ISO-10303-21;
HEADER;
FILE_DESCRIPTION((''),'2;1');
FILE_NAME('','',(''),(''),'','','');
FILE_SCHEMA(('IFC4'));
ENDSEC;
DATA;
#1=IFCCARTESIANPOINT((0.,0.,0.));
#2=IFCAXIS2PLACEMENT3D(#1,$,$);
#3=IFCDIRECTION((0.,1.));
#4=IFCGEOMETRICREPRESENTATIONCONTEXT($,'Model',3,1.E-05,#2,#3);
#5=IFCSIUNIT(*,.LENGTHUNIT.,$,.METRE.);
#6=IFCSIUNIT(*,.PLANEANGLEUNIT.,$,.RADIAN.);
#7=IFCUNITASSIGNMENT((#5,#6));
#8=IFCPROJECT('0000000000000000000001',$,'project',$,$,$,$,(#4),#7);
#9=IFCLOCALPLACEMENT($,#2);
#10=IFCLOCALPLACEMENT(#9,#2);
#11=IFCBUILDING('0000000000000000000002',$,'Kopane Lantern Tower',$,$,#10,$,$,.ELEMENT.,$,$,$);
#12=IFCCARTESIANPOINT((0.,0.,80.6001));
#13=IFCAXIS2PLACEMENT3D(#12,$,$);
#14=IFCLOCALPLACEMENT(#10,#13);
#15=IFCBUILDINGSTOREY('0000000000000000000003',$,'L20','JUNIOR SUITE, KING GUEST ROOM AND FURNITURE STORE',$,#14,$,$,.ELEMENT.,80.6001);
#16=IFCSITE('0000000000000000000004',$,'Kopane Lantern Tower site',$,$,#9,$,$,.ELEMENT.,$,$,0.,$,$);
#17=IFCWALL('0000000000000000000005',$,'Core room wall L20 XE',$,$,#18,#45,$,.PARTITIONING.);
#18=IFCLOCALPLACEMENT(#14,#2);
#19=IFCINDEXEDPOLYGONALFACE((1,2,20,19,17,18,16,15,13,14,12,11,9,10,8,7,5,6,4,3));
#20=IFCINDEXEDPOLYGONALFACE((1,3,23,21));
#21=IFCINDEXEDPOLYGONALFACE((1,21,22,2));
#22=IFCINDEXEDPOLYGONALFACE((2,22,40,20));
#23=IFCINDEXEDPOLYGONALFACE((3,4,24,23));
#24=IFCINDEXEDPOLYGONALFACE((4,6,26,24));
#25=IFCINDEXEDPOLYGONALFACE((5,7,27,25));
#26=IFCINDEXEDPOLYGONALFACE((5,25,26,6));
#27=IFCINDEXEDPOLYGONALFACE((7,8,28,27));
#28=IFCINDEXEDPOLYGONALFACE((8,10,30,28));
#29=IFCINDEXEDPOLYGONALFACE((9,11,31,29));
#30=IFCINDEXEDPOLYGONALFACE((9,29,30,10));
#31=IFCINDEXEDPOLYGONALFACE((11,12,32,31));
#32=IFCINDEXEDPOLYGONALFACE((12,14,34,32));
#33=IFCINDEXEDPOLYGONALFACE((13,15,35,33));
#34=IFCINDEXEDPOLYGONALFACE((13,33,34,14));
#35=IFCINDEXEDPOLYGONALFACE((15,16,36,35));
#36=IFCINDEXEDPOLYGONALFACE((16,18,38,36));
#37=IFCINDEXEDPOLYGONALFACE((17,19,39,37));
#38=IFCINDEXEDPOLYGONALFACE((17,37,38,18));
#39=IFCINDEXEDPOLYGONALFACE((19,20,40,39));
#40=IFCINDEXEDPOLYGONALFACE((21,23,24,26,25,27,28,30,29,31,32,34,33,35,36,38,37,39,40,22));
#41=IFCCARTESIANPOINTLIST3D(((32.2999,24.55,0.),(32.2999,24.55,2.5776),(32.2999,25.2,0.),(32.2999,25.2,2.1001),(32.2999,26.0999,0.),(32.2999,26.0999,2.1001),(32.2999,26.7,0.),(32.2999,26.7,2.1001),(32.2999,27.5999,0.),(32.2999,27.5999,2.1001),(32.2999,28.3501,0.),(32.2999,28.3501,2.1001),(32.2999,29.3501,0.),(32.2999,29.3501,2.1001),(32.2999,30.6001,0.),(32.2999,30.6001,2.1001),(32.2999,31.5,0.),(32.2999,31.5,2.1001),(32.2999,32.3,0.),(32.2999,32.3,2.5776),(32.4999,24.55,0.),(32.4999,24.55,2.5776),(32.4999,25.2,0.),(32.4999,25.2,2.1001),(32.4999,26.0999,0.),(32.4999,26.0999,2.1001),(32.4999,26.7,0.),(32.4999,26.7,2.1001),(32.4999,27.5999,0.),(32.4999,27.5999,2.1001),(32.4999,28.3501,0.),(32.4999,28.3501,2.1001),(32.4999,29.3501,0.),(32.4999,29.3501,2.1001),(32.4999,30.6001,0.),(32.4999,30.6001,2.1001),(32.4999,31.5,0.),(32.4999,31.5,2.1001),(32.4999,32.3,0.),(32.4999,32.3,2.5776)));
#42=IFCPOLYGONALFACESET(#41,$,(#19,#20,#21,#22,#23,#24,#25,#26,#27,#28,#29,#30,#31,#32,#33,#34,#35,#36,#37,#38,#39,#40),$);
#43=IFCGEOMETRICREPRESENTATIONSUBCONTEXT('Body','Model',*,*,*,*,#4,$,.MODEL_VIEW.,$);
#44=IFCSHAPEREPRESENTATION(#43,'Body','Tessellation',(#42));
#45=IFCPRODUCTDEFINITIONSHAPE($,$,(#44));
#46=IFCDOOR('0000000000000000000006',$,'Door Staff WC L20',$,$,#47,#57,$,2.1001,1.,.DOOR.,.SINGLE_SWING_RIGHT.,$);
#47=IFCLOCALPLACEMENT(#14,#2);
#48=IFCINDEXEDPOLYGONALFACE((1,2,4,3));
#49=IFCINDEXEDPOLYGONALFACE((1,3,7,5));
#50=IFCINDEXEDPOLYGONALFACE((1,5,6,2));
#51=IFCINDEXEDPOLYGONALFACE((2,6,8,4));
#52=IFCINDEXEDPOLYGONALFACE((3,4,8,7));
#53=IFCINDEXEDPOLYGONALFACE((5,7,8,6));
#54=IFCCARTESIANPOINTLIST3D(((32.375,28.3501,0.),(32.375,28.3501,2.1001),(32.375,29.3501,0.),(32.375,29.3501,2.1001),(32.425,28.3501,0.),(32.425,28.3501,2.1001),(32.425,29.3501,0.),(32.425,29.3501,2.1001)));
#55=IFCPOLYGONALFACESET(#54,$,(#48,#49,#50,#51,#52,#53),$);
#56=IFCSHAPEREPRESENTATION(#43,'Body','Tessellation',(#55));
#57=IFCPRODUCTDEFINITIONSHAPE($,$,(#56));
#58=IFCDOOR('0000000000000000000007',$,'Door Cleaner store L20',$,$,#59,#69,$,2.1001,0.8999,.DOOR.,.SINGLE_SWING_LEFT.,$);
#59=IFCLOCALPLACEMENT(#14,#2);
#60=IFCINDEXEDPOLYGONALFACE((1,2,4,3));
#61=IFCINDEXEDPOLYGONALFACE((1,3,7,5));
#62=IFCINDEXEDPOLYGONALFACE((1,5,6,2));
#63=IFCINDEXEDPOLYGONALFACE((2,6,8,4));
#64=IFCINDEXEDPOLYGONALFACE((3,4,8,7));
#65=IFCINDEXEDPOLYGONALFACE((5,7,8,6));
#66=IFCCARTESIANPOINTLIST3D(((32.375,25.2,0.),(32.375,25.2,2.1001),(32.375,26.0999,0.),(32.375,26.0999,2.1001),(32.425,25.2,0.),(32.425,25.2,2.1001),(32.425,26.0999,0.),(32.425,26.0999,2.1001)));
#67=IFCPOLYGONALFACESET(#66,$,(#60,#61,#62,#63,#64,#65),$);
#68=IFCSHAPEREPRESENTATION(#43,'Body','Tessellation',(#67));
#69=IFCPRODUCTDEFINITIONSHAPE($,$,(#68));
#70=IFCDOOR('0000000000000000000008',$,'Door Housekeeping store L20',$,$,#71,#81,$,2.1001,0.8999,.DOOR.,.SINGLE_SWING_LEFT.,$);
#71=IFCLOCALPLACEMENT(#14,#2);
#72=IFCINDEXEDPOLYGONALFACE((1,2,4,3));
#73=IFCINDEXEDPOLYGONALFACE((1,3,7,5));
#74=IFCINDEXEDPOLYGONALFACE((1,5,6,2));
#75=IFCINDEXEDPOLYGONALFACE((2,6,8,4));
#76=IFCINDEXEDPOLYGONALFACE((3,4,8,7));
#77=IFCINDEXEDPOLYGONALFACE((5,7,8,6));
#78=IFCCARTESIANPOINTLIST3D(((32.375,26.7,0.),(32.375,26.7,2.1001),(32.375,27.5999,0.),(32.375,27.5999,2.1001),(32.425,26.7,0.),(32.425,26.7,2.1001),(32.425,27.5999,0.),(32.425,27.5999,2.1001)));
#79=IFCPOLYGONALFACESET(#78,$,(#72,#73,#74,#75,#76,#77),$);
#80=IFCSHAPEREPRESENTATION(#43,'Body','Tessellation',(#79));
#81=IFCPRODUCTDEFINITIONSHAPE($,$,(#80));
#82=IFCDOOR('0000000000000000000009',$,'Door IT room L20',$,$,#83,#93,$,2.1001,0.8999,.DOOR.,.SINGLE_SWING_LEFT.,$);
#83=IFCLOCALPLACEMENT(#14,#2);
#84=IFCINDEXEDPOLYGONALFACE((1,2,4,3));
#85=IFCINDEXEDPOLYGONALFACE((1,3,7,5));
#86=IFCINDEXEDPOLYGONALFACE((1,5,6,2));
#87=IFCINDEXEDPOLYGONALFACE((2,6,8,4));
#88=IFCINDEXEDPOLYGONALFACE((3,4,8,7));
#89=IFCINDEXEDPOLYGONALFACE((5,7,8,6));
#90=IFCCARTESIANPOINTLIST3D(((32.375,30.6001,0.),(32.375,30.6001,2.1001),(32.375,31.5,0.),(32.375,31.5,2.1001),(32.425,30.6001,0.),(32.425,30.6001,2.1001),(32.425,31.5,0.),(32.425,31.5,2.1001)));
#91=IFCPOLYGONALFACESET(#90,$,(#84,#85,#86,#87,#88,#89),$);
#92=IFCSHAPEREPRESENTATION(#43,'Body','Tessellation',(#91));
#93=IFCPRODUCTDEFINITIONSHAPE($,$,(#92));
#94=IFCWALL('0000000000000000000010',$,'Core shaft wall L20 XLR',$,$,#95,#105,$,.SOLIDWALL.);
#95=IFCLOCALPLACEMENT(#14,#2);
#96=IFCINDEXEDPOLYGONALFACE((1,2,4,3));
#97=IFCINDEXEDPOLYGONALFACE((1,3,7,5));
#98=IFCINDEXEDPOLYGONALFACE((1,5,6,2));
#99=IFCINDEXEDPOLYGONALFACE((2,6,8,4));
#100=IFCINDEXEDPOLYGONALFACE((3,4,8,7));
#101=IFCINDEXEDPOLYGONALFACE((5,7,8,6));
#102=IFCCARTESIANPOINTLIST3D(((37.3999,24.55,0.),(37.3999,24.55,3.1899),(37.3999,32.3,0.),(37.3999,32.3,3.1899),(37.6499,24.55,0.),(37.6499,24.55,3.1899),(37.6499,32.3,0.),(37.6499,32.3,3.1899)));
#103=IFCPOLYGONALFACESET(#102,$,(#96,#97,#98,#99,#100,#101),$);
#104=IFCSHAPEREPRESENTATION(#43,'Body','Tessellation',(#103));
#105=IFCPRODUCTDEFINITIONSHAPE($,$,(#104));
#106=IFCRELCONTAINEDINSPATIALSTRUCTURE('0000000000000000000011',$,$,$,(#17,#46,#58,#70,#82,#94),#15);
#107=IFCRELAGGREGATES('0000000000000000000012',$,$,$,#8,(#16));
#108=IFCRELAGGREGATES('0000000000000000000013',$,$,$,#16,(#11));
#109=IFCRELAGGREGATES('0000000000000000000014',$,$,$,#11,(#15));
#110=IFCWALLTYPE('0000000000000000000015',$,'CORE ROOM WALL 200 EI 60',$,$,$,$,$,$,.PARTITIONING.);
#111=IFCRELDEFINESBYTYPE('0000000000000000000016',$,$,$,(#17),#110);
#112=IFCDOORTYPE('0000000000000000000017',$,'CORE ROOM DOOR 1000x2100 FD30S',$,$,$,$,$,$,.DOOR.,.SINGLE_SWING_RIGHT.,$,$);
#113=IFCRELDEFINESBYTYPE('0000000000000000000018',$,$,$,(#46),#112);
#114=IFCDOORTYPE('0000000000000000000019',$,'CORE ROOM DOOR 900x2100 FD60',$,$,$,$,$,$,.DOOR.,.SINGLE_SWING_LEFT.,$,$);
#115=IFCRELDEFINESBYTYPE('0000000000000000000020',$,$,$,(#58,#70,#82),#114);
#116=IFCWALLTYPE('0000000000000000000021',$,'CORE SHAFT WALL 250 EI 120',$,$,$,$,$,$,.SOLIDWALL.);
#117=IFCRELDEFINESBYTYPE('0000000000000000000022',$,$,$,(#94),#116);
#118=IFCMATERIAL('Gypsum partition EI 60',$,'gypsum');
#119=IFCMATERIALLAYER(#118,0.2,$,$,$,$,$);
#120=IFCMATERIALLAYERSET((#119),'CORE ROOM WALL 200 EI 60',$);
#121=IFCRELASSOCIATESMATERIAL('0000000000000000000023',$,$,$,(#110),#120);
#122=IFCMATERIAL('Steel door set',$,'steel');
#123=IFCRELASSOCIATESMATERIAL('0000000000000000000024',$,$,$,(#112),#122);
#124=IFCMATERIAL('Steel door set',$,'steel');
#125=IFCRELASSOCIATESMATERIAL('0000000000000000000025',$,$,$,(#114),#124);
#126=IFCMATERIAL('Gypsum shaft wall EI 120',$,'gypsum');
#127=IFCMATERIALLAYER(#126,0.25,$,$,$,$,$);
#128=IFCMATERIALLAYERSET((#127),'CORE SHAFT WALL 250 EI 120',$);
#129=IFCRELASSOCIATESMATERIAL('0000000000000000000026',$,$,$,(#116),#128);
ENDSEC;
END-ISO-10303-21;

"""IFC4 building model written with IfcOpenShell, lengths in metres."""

from ifc_helpers import new_model, si_unit, direction, frame, frame_2d, origin, place, context, subcontext, project, spatial, rectangle, extrude, material, layer, layer_set, type_object, element, fill, save


model = new_model("IFC4")

# Units and contexts
model_context = context("Model", 3, precision=1e-05, world=origin(), true_north=direction((0.0, 1.0)))
body_context = subcontext(model_context, "Body", "Model", "MODEL_VIEW")
ifc_project = project(units=[si_unit("LENGTHUNIT", "METRE"), si_unit("PLANEANGLEUNIT", "RADIAN")], contexts=[model_context])

# Site, building, storey
site_placement = place(None, origin())
site = spatial("IfcSite", under=ifc_project, at=site_placement, Name="Kopane Lantern Tower site", CompositionType="ELEMENT", RefElevation=0.0)
building_placement = place(site_placement, origin())
building = spatial("IfcBuilding", under=site, at=building_placement, Name="Kopane Lantern Tower", CompositionType="ELEMENT")
storey_placement = place(building_placement, frame((0.0, 0.0, 80.6001)))
storey = spatial("IfcBuildingStorey", under=building, at=storey_placement, Name="L20", Description="JUNIOR SUITE, KING GUEST ROOM AND FURNITURE STORE", CompositionType="ELEMENT", Elevation=80.6001)

# Wall, openings, doors
ifc_material_1 = material(Name="Gypsum partition EI 60", Category="gypsum")
ifc_layer_1 = layer(ifc_material_1, 0.2)
ifc_layer_set_1 = layer_set([ifc_layer_1], Name="CORE ROOM WALL 200 EI 60")
wall_type_1 = type_object("IfcWallType", Name="CORE ROOM WALL 200 EI 60", PredefinedType="PARTITIONING", material=ifc_layer_set_1)
wall_1_placement = place(storey_placement, frame((32.3999, 24.55, 0.0), z_axis=(0.0, 0.0, 1.0), x_axis=(0.0, 1.0, 0.0)))
wall_1 = element("IfcWall", 1, at=wall_1_placement, inside=storey, type_object=wall_type_1, Name="Core room wall L20 XE", PredefinedType="PARTITIONING", context=body_context, shape_type="SweptSolid", body=[
    extrude(rectangle(XDim=7.75, YDim=0.2, at=frame_2d((3.875, 0.0))), origin(), (0.0, 0.0, 1.0), 2.5776),
])
opening_1_placement = place(wall_1_placement, frame((0.6499, 0.0, 0.0)))
opening_1 = element("IfcOpeningElement", 2, at=opening_1_placement, cuts=wall_1, PredefinedType="OPENING", context=body_context, shape_type="SweptSolid", body=[
    extrude(rectangle(XDim=0.8999, YDim=2.1001, at=frame_2d((0.45, 1.05))), frame((0.0, 0.1099, 0.0), z_axis=(0.0, -1.0, 0.0), x_axis=(1.0, 0.0, 0.0)), (0.0, 0.0, 1.0), 0.22),
])
opening_2_placement = place(wall_1_placement, frame((2.1499, 0.0, 0.0)))
opening_2 = element("IfcOpeningElement", 3, at=opening_2_placement, cuts=wall_1, PredefinedType="OPENING", context=body_context, shape_type="SweptSolid", body=[
    extrude(rectangle(XDim=0.8999, YDim=2.1001, at=frame_2d((0.45, 1.05))), frame((0.0, 0.1099, 0.0), z_axis=(0.0, -1.0, 0.0), x_axis=(1.0, 0.0, 0.0)), (0.0, 0.0, 1.0), 0.22),
])
opening_3_placement = place(wall_1_placement, frame((3.8, 0.0, 0.0)))
opening_3 = element("IfcOpeningElement", 4, at=opening_3_placement, cuts=wall_1, PredefinedType="OPENING", context=body_context, shape_type="SweptSolid", body=[
    extrude(rectangle(XDim=1.0, YDim=2.1001, at=frame_2d((0.5, 1.05))), frame((0.0, 0.1099, 0.0), z_axis=(0.0, -1.0, 0.0), x_axis=(1.0, 0.0, 0.0)), (0.0, 0.0, 1.0), 0.22),
])
opening_4_placement = place(wall_1_placement, frame((6.05, 0.0, 0.0)))
opening_4 = element("IfcOpeningElement", 5, at=opening_4_placement, cuts=wall_1, PredefinedType="OPENING", context=body_context, shape_type="SweptSolid", body=[
    extrude(rectangle(XDim=0.8999, YDim=2.1001, at=frame_2d((0.45, 1.05))), frame((0.0, 0.1099, 0.0), z_axis=(0.0, -1.0, 0.0), x_axis=(1.0, 0.0, 0.0)), (0.0, 0.0, 1.0), 0.22),
])
ifc_material_2 = material(Name="Steel door set", Category="steel")
door_type_1 = type_object("IfcDoorType", Name="CORE ROOM DOOR 1000x2100 FD30S", OperationType="SINGLE_SWING_RIGHT", PredefinedType="DOOR", material=ifc_material_2)
door_1_placement = place(opening_3_placement, origin())
door_1 = element("IfcDoor", 6, at=door_1_placement, inside=storey, type_object=door_type_1, Name="Door Staff WC L20", OperationType="SINGLE_SWING_RIGHT", OverallHeight=2.1001, OverallWidth=1.0, PredefinedType="DOOR", context=body_context, shape_type="SweptSolid", body=[
    extrude(rectangle(XDim=1.0, YDim=2.1001, at=frame_2d((0.5, 1.05))), frame((0.0, 0.0249, 0.0), z_axis=(0.0, -1.0, 0.0), x_axis=(1.0, 0.0, 0.0)), (0.0, 0.0, 1.0), 0.05),
])
fill(opening_3, door_1)
ifc_material_3 = material(Name="Steel door set", Category="steel")
door_type_2 = type_object("IfcDoorType", Name="CORE ROOM DOOR 900x2100 FD60", OperationType="SINGLE_SWING_LEFT", PredefinedType="DOOR", material=ifc_material_3)
door_2_placement = place(opening_1_placement, origin())
door_2 = element("IfcDoor", 7, at=door_2_placement, inside=storey, type_object=door_type_2, Name="Door Cleaner store L20", OperationType="SINGLE_SWING_LEFT", OverallHeight=2.1001, OverallWidth=0.8999, PredefinedType="DOOR", context=body_context, shape_type="SweptSolid", body=[
    extrude(rectangle(XDim=0.8999, YDim=2.1001, at=frame_2d((0.45, 1.05))), frame((0.0, 0.0249, 0.0), z_axis=(0.0, -1.0, 0.0), x_axis=(1.0, 0.0, 0.0)), (0.0, 0.0, 1.0), 0.05),
])
fill(opening_1, door_2)
door_3_placement = place(opening_2_placement, origin())
door_3 = element("IfcDoor", 8, at=door_3_placement, inside=storey, type_object=door_type_2, Name="Door Housekeeping store L20", OperationType="SINGLE_SWING_LEFT", OverallHeight=2.1001, OverallWidth=0.8999, PredefinedType="DOOR", context=body_context, shape_type="SweptSolid", body=[
    extrude(rectangle(XDim=0.8999, YDim=2.1001, at=frame_2d((0.45, 1.05))), frame((0.0, 0.0249, 0.0), z_axis=(0.0, -1.0, 0.0), x_axis=(1.0, 0.0, 0.0)), (0.0, 0.0, 1.0), 0.05),
])
fill(opening_2, door_3)
door_4_placement = place(opening_4_placement, origin())
door_4 = element("IfcDoor", 9, at=door_4_placement, inside=storey, type_object=door_type_2, Name="Door IT room L20", OperationType="SINGLE_SWING_LEFT", OverallHeight=2.1001, OverallWidth=0.8999, PredefinedType="DOOR", context=body_context, shape_type="SweptSolid", body=[
    extrude(rectangle(XDim=0.8999, YDim=2.1001, at=frame_2d((0.45, 1.05))), frame((0.0, 0.0249, 0.0), z_axis=(0.0, -1.0, 0.0), x_axis=(1.0, 0.0, 0.0)), (0.0, 0.0, 1.0), 0.05),
])
fill(opening_4, door_4)

# Wall
ifc_material_4 = material(Name="Gypsum shaft wall EI 120", Category="gypsum")
ifc_layer_2 = layer(ifc_material_4, 0.25)
ifc_layer_set_2 = layer_set([ifc_layer_2], Name="CORE SHAFT WALL 250 EI 120")
wall_type_2 = type_object("IfcWallType", Name="CORE SHAFT WALL 250 EI 120", PredefinedType="SOLIDWALL", material=ifc_layer_set_2)
wall_2_placement = place(storey_placement, frame((37.5249, 24.55, 0.0), z_axis=(0.0, 0.0, 1.0), x_axis=(0.0, 1.0, 0.0)))
element("IfcWall", 10, at=wall_2_placement, inside=storey, type_object=wall_type_2, Name="Core shaft wall L20 XLR", PredefinedType="SOLIDWALL", context=body_context, shape_type="SweptSolid", body=[
    extrude(rectangle(XDim=7.75, YDim=0.25, at=frame_2d((3.875, 0.0))), origin(), (0.0, 0.0, 1.0), 3.1899),
])

save(model, "model.ifc")
